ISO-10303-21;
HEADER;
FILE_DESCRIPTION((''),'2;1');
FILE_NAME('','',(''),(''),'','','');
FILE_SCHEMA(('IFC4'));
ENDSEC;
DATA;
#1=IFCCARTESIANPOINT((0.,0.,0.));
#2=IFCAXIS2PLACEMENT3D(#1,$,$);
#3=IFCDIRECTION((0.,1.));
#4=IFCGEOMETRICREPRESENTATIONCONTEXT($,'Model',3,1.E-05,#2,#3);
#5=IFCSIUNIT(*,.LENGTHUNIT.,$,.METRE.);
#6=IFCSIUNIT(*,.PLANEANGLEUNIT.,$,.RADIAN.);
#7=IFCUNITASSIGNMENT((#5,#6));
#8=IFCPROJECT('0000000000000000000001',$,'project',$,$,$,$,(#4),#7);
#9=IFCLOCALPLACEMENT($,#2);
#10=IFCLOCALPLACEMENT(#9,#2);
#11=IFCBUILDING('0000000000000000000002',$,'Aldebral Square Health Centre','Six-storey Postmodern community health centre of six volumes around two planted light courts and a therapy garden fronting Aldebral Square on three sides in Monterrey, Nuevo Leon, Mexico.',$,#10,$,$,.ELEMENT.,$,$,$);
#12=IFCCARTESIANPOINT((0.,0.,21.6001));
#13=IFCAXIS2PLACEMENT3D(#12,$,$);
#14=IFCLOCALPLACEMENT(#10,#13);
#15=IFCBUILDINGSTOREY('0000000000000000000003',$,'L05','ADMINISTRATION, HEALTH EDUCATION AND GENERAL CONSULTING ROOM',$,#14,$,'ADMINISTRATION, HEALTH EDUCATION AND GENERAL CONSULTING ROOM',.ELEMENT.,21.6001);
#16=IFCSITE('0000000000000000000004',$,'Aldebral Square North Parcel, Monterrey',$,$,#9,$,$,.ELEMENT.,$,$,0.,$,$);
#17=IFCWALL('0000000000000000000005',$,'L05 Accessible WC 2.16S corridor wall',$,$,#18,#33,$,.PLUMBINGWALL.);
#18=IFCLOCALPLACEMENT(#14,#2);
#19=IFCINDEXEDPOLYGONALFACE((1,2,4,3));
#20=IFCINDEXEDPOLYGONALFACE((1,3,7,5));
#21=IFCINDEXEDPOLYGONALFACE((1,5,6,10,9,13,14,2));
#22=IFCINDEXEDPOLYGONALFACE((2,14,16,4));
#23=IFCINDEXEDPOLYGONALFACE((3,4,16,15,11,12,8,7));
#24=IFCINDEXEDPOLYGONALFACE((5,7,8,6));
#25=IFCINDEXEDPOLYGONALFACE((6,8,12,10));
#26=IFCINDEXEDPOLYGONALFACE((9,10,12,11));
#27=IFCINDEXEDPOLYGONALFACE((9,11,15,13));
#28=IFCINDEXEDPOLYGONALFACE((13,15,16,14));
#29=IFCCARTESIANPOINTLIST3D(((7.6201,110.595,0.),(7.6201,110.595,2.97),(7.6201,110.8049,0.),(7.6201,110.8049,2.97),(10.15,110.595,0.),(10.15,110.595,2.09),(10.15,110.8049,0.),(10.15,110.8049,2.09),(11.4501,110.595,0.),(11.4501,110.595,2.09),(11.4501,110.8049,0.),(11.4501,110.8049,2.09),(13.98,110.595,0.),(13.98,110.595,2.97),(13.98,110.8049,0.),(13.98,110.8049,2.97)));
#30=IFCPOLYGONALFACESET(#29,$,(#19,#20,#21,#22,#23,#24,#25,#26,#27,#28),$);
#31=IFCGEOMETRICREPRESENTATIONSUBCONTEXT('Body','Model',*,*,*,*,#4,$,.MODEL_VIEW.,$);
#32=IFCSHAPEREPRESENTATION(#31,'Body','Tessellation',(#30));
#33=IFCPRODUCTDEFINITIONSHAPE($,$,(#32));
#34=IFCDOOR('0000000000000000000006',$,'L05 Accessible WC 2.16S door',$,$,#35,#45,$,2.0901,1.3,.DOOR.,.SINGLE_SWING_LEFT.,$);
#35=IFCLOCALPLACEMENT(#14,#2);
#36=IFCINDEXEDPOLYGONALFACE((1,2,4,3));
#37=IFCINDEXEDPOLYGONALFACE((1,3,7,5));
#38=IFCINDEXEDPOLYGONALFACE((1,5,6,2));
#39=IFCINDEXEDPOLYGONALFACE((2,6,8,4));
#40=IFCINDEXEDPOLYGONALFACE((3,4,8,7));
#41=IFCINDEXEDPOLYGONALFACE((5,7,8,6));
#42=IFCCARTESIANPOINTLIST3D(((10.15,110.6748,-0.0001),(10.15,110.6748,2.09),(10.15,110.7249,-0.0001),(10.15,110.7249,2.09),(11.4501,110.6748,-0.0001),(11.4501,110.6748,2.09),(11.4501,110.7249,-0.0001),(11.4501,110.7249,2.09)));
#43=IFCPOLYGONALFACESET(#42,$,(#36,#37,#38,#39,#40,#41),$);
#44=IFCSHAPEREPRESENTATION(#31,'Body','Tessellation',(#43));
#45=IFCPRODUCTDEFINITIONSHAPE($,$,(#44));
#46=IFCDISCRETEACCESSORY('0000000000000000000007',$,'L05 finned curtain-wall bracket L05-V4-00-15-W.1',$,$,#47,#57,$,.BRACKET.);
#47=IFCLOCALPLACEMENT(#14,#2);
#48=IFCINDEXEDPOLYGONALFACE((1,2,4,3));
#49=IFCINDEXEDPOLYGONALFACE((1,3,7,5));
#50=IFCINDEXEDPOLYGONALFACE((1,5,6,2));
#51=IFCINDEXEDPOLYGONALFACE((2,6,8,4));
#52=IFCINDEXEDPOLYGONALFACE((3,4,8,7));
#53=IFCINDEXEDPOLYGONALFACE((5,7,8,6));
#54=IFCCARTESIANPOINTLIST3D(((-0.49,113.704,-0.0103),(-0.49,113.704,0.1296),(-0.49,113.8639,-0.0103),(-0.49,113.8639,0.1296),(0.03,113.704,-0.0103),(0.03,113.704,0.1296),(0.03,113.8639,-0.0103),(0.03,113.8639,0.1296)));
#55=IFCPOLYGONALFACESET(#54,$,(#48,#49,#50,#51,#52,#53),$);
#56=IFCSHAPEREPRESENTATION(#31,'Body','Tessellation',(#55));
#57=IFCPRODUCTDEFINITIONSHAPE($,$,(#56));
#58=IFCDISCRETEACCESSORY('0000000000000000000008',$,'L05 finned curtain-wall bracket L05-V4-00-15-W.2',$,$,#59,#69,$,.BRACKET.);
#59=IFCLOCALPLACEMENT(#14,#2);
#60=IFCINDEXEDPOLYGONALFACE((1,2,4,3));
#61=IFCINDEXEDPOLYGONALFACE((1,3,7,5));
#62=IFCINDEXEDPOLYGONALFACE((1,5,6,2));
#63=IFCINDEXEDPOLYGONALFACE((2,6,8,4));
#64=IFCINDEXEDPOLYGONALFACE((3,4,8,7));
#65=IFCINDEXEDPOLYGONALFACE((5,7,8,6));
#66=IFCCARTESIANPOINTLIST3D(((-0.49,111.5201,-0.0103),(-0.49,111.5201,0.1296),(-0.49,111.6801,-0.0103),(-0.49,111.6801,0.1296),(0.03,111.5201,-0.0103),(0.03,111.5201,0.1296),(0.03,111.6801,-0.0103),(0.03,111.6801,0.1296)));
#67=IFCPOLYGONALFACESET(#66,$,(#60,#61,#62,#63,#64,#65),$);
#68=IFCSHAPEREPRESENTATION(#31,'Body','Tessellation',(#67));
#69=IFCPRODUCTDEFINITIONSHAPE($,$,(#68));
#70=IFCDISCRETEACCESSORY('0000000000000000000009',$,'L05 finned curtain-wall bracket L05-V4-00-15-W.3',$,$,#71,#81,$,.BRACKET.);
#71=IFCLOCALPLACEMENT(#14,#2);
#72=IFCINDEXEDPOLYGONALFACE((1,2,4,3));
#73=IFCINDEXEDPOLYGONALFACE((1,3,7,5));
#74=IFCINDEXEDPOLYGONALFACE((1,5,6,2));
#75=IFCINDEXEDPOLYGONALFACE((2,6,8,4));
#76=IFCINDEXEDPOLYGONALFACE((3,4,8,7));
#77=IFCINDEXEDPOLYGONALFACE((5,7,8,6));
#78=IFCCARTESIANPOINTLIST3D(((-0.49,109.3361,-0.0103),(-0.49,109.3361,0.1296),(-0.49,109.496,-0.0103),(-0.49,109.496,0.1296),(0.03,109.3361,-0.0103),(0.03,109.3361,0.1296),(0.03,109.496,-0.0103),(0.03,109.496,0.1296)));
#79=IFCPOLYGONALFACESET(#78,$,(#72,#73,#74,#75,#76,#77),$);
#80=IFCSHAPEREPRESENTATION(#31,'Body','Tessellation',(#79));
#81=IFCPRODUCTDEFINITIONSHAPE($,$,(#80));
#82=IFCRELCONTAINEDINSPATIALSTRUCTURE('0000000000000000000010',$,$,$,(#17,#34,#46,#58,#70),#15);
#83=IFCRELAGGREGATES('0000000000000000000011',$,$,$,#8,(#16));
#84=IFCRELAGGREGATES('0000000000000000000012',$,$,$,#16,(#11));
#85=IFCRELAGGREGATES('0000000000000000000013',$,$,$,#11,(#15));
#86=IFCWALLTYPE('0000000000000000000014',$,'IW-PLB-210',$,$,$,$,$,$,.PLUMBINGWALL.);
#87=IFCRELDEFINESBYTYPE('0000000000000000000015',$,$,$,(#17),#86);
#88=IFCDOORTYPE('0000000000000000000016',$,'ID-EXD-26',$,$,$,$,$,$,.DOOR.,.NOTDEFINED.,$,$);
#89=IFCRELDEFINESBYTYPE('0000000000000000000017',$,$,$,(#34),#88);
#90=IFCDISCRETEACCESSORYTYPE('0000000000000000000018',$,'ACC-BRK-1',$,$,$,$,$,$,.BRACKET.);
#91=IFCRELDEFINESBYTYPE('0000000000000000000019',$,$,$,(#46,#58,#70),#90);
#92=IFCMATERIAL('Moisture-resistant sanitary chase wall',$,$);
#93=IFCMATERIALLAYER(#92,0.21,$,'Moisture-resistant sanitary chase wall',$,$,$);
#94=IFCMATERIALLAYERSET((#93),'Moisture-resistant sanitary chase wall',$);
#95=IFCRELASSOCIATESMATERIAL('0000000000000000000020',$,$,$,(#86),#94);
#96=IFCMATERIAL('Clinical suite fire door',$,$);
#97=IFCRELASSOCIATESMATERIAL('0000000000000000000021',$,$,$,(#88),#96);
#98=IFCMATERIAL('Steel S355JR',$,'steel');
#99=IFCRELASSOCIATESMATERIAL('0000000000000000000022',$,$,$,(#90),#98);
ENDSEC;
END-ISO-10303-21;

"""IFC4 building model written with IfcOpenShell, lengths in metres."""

from ifc_helpers import new_model, si_unit, direction, frame, frame_2d, origin, origin_2d, place, context, subcontext, project, spatial, rectangle, extrude, material, layer, layer_set, type_object, element, fill, save


model = new_model("IFC4")

# Units and contexts
model_context = context("Model", 3, precision=1e-05, world=origin(), true_north=direction((0.0, 1.0)))
body_context = subcontext(model_context, "Body", "Model", "MODEL_VIEW")
ifc_project = project(units=[si_unit("LENGTHUNIT", "METRE"), si_unit("PLANEANGLEUNIT", "RADIAN")], contexts=[model_context])

# Site, building, storey
site_placement = place(None, origin())
site = spatial("IfcSite", under=ifc_project, at=site_placement, Name="Aldebral Square North Parcel, Monterrey", CompositionType="ELEMENT", RefElevation=0.0)
building_placement = place(site_placement, origin())
building = spatial("IfcBuilding", under=site, at=building_placement, Name="Aldebral Square Health Centre", Description="Six-storey Postmodern community health centre of six volumes around two planted light courts and a therapy garden fronting Aldebral Square on three sides in Monterrey, Nuevo Leon, Mexico.", CompositionType="ELEMENT")
storey_placement = place(building_placement, frame((0.0, 0.0, 21.6001)))
storey = spatial("IfcBuildingStorey", under=building, at=storey_placement, Name="L05", Description="ADMINISTRATION, HEALTH EDUCATION AND GENERAL CONSULTING ROOM", LongName="ADMINISTRATION, HEALTH EDUCATION AND GENERAL CONSULTING ROOM", CompositionType="ELEMENT", Elevation=21.6001)

# Wall, opening, door
ifc_material_1 = material(Name="Clinical suite fire door")
ifc_material_2 = material(Name="Moisture-resistant sanitary chase wall")
ifc_layer_1 = layer(ifc_material_2, 0.21, Name="Moisture-resistant sanitary chase wall")
ifc_layer_set_1 = layer_set([ifc_layer_1], Name="Moisture-resistant sanitary chase wall")
wall_type_1 = type_object("IfcWallType", Name="IW-PLB-210", PredefinedType="PLUMBINGWALL", material=ifc_layer_set_1)
wall_1_placement = place(storey_placement, frame((7.6201, 110.7, 0.0), z_axis=(0.0, 0.0, 1.0), x_axis=(1.0, 0.0, 0.0)))
wall_1 = element("IfcWall", 1, at=wall_1_placement, inside=storey, type_object=wall_type_1, Name="L05 Accessible WC 2.16S corridor wall", PredefinedType="PLUMBINGWALL", context=body_context, shape_type="SweptSolid", body=[
    extrude(rectangle(XDim=6.3599, YDim=0.21, at=frame_2d((3.1799, 0.0))), origin(), (0.0, 0.0, 1.0), 2.97),
])
opening_1_placement = place(wall_1_placement, frame((2.53, 0.0, 0.0)))
opening_1 = element("IfcOpeningElement", 2, at=opening_1_placement, cuts=wall_1, PredefinedType="OPENING", context=body_context, shape_type="SweptSolid", body=[
    extrude(rectangle(XDim=1.3, YDim=2.0901, at=frame_2d((0.6499, 1.0449))), frame((0.0, 0.115, 0.0), z_axis=(0.0, -1.0, 0.0), x_axis=(1.0, 0.0, 0.0)), (0.0, 0.0, 1.0), 0.23),
])
door_type_1 = type_object("IfcDoorType", Name="ID-EXD-26", OperationType="NOTDEFINED", PredefinedType="DOOR", material=ifc_material_1)
door_1_placement = place(opening_1_placement, origin())
door_1 = element("IfcDoor", 3, at=door_1_placement, inside=storey, type_object=door_type_1, Name="L05 Accessible WC 2.16S door", OperationType="SINGLE_SWING_LEFT", OverallHeight=2.0901, OverallWidth=1.3, PredefinedType="DOOR", context=body_context, shape_type="SweptSolid", body=[
    extrude(rectangle(XDim=1.3, YDim=2.0901, at=frame_2d((0.6499, 1.0449))), frame((0.0, 0.0249, 0.0), z_axis=(0.0, -1.0, 0.0), x_axis=(1.0, 0.0, 0.0)), (0.0, 0.0, 1.0), 0.05),
])
fill(opening_1, door_1)

# Discrete accessories
ifc_material_3 = material(Name="Steel S355JR", Category="steel")
discrete_accessory_type = type_object("IfcDiscreteAccessoryType", Name="ACC-BRK-1", PredefinedType="BRACKET", material=ifc_material_3)
for number, where, z_axis, x_axis, name in (
    (4, (-0.23, 113.7839, -0.0103), (0.0, 0.0, 1.0), (0.0, 1.0, 0.0), "L05 finned curtain-wall bracket L05-V4-00-15-W.1"),
    (5, (-0.23, 111.6001, -0.0103), (0.0, 0.0, 1.0), (0.0, 1.0, 0.0), "L05 finned curtain-wall bracket L05-V4-00-15-W.2"),
    (6, (-0.23, 109.416, -0.0103), (0.0, 0.0, 1.0), (0.0, 1.0, 0.0), "L05 finned curtain-wall bracket L05-V4-00-15-W.3"),
):
    element("IfcDiscreteAccessory", number, at=place(storey_placement, frame(where, z_axis=z_axis, x_axis=x_axis)), inside=storey, type_object=discrete_accessory_type, Name=name, PredefinedType="BRACKET", context=body_context, shape_type="SweptSolid", body=[
        extrude(rectangle(XDim=0.1599, YDim=0.52, at=origin_2d()), origin(), (0.0, 0.0, 1.0), 0.1399),
    ])

save(model, "model.ifc")
